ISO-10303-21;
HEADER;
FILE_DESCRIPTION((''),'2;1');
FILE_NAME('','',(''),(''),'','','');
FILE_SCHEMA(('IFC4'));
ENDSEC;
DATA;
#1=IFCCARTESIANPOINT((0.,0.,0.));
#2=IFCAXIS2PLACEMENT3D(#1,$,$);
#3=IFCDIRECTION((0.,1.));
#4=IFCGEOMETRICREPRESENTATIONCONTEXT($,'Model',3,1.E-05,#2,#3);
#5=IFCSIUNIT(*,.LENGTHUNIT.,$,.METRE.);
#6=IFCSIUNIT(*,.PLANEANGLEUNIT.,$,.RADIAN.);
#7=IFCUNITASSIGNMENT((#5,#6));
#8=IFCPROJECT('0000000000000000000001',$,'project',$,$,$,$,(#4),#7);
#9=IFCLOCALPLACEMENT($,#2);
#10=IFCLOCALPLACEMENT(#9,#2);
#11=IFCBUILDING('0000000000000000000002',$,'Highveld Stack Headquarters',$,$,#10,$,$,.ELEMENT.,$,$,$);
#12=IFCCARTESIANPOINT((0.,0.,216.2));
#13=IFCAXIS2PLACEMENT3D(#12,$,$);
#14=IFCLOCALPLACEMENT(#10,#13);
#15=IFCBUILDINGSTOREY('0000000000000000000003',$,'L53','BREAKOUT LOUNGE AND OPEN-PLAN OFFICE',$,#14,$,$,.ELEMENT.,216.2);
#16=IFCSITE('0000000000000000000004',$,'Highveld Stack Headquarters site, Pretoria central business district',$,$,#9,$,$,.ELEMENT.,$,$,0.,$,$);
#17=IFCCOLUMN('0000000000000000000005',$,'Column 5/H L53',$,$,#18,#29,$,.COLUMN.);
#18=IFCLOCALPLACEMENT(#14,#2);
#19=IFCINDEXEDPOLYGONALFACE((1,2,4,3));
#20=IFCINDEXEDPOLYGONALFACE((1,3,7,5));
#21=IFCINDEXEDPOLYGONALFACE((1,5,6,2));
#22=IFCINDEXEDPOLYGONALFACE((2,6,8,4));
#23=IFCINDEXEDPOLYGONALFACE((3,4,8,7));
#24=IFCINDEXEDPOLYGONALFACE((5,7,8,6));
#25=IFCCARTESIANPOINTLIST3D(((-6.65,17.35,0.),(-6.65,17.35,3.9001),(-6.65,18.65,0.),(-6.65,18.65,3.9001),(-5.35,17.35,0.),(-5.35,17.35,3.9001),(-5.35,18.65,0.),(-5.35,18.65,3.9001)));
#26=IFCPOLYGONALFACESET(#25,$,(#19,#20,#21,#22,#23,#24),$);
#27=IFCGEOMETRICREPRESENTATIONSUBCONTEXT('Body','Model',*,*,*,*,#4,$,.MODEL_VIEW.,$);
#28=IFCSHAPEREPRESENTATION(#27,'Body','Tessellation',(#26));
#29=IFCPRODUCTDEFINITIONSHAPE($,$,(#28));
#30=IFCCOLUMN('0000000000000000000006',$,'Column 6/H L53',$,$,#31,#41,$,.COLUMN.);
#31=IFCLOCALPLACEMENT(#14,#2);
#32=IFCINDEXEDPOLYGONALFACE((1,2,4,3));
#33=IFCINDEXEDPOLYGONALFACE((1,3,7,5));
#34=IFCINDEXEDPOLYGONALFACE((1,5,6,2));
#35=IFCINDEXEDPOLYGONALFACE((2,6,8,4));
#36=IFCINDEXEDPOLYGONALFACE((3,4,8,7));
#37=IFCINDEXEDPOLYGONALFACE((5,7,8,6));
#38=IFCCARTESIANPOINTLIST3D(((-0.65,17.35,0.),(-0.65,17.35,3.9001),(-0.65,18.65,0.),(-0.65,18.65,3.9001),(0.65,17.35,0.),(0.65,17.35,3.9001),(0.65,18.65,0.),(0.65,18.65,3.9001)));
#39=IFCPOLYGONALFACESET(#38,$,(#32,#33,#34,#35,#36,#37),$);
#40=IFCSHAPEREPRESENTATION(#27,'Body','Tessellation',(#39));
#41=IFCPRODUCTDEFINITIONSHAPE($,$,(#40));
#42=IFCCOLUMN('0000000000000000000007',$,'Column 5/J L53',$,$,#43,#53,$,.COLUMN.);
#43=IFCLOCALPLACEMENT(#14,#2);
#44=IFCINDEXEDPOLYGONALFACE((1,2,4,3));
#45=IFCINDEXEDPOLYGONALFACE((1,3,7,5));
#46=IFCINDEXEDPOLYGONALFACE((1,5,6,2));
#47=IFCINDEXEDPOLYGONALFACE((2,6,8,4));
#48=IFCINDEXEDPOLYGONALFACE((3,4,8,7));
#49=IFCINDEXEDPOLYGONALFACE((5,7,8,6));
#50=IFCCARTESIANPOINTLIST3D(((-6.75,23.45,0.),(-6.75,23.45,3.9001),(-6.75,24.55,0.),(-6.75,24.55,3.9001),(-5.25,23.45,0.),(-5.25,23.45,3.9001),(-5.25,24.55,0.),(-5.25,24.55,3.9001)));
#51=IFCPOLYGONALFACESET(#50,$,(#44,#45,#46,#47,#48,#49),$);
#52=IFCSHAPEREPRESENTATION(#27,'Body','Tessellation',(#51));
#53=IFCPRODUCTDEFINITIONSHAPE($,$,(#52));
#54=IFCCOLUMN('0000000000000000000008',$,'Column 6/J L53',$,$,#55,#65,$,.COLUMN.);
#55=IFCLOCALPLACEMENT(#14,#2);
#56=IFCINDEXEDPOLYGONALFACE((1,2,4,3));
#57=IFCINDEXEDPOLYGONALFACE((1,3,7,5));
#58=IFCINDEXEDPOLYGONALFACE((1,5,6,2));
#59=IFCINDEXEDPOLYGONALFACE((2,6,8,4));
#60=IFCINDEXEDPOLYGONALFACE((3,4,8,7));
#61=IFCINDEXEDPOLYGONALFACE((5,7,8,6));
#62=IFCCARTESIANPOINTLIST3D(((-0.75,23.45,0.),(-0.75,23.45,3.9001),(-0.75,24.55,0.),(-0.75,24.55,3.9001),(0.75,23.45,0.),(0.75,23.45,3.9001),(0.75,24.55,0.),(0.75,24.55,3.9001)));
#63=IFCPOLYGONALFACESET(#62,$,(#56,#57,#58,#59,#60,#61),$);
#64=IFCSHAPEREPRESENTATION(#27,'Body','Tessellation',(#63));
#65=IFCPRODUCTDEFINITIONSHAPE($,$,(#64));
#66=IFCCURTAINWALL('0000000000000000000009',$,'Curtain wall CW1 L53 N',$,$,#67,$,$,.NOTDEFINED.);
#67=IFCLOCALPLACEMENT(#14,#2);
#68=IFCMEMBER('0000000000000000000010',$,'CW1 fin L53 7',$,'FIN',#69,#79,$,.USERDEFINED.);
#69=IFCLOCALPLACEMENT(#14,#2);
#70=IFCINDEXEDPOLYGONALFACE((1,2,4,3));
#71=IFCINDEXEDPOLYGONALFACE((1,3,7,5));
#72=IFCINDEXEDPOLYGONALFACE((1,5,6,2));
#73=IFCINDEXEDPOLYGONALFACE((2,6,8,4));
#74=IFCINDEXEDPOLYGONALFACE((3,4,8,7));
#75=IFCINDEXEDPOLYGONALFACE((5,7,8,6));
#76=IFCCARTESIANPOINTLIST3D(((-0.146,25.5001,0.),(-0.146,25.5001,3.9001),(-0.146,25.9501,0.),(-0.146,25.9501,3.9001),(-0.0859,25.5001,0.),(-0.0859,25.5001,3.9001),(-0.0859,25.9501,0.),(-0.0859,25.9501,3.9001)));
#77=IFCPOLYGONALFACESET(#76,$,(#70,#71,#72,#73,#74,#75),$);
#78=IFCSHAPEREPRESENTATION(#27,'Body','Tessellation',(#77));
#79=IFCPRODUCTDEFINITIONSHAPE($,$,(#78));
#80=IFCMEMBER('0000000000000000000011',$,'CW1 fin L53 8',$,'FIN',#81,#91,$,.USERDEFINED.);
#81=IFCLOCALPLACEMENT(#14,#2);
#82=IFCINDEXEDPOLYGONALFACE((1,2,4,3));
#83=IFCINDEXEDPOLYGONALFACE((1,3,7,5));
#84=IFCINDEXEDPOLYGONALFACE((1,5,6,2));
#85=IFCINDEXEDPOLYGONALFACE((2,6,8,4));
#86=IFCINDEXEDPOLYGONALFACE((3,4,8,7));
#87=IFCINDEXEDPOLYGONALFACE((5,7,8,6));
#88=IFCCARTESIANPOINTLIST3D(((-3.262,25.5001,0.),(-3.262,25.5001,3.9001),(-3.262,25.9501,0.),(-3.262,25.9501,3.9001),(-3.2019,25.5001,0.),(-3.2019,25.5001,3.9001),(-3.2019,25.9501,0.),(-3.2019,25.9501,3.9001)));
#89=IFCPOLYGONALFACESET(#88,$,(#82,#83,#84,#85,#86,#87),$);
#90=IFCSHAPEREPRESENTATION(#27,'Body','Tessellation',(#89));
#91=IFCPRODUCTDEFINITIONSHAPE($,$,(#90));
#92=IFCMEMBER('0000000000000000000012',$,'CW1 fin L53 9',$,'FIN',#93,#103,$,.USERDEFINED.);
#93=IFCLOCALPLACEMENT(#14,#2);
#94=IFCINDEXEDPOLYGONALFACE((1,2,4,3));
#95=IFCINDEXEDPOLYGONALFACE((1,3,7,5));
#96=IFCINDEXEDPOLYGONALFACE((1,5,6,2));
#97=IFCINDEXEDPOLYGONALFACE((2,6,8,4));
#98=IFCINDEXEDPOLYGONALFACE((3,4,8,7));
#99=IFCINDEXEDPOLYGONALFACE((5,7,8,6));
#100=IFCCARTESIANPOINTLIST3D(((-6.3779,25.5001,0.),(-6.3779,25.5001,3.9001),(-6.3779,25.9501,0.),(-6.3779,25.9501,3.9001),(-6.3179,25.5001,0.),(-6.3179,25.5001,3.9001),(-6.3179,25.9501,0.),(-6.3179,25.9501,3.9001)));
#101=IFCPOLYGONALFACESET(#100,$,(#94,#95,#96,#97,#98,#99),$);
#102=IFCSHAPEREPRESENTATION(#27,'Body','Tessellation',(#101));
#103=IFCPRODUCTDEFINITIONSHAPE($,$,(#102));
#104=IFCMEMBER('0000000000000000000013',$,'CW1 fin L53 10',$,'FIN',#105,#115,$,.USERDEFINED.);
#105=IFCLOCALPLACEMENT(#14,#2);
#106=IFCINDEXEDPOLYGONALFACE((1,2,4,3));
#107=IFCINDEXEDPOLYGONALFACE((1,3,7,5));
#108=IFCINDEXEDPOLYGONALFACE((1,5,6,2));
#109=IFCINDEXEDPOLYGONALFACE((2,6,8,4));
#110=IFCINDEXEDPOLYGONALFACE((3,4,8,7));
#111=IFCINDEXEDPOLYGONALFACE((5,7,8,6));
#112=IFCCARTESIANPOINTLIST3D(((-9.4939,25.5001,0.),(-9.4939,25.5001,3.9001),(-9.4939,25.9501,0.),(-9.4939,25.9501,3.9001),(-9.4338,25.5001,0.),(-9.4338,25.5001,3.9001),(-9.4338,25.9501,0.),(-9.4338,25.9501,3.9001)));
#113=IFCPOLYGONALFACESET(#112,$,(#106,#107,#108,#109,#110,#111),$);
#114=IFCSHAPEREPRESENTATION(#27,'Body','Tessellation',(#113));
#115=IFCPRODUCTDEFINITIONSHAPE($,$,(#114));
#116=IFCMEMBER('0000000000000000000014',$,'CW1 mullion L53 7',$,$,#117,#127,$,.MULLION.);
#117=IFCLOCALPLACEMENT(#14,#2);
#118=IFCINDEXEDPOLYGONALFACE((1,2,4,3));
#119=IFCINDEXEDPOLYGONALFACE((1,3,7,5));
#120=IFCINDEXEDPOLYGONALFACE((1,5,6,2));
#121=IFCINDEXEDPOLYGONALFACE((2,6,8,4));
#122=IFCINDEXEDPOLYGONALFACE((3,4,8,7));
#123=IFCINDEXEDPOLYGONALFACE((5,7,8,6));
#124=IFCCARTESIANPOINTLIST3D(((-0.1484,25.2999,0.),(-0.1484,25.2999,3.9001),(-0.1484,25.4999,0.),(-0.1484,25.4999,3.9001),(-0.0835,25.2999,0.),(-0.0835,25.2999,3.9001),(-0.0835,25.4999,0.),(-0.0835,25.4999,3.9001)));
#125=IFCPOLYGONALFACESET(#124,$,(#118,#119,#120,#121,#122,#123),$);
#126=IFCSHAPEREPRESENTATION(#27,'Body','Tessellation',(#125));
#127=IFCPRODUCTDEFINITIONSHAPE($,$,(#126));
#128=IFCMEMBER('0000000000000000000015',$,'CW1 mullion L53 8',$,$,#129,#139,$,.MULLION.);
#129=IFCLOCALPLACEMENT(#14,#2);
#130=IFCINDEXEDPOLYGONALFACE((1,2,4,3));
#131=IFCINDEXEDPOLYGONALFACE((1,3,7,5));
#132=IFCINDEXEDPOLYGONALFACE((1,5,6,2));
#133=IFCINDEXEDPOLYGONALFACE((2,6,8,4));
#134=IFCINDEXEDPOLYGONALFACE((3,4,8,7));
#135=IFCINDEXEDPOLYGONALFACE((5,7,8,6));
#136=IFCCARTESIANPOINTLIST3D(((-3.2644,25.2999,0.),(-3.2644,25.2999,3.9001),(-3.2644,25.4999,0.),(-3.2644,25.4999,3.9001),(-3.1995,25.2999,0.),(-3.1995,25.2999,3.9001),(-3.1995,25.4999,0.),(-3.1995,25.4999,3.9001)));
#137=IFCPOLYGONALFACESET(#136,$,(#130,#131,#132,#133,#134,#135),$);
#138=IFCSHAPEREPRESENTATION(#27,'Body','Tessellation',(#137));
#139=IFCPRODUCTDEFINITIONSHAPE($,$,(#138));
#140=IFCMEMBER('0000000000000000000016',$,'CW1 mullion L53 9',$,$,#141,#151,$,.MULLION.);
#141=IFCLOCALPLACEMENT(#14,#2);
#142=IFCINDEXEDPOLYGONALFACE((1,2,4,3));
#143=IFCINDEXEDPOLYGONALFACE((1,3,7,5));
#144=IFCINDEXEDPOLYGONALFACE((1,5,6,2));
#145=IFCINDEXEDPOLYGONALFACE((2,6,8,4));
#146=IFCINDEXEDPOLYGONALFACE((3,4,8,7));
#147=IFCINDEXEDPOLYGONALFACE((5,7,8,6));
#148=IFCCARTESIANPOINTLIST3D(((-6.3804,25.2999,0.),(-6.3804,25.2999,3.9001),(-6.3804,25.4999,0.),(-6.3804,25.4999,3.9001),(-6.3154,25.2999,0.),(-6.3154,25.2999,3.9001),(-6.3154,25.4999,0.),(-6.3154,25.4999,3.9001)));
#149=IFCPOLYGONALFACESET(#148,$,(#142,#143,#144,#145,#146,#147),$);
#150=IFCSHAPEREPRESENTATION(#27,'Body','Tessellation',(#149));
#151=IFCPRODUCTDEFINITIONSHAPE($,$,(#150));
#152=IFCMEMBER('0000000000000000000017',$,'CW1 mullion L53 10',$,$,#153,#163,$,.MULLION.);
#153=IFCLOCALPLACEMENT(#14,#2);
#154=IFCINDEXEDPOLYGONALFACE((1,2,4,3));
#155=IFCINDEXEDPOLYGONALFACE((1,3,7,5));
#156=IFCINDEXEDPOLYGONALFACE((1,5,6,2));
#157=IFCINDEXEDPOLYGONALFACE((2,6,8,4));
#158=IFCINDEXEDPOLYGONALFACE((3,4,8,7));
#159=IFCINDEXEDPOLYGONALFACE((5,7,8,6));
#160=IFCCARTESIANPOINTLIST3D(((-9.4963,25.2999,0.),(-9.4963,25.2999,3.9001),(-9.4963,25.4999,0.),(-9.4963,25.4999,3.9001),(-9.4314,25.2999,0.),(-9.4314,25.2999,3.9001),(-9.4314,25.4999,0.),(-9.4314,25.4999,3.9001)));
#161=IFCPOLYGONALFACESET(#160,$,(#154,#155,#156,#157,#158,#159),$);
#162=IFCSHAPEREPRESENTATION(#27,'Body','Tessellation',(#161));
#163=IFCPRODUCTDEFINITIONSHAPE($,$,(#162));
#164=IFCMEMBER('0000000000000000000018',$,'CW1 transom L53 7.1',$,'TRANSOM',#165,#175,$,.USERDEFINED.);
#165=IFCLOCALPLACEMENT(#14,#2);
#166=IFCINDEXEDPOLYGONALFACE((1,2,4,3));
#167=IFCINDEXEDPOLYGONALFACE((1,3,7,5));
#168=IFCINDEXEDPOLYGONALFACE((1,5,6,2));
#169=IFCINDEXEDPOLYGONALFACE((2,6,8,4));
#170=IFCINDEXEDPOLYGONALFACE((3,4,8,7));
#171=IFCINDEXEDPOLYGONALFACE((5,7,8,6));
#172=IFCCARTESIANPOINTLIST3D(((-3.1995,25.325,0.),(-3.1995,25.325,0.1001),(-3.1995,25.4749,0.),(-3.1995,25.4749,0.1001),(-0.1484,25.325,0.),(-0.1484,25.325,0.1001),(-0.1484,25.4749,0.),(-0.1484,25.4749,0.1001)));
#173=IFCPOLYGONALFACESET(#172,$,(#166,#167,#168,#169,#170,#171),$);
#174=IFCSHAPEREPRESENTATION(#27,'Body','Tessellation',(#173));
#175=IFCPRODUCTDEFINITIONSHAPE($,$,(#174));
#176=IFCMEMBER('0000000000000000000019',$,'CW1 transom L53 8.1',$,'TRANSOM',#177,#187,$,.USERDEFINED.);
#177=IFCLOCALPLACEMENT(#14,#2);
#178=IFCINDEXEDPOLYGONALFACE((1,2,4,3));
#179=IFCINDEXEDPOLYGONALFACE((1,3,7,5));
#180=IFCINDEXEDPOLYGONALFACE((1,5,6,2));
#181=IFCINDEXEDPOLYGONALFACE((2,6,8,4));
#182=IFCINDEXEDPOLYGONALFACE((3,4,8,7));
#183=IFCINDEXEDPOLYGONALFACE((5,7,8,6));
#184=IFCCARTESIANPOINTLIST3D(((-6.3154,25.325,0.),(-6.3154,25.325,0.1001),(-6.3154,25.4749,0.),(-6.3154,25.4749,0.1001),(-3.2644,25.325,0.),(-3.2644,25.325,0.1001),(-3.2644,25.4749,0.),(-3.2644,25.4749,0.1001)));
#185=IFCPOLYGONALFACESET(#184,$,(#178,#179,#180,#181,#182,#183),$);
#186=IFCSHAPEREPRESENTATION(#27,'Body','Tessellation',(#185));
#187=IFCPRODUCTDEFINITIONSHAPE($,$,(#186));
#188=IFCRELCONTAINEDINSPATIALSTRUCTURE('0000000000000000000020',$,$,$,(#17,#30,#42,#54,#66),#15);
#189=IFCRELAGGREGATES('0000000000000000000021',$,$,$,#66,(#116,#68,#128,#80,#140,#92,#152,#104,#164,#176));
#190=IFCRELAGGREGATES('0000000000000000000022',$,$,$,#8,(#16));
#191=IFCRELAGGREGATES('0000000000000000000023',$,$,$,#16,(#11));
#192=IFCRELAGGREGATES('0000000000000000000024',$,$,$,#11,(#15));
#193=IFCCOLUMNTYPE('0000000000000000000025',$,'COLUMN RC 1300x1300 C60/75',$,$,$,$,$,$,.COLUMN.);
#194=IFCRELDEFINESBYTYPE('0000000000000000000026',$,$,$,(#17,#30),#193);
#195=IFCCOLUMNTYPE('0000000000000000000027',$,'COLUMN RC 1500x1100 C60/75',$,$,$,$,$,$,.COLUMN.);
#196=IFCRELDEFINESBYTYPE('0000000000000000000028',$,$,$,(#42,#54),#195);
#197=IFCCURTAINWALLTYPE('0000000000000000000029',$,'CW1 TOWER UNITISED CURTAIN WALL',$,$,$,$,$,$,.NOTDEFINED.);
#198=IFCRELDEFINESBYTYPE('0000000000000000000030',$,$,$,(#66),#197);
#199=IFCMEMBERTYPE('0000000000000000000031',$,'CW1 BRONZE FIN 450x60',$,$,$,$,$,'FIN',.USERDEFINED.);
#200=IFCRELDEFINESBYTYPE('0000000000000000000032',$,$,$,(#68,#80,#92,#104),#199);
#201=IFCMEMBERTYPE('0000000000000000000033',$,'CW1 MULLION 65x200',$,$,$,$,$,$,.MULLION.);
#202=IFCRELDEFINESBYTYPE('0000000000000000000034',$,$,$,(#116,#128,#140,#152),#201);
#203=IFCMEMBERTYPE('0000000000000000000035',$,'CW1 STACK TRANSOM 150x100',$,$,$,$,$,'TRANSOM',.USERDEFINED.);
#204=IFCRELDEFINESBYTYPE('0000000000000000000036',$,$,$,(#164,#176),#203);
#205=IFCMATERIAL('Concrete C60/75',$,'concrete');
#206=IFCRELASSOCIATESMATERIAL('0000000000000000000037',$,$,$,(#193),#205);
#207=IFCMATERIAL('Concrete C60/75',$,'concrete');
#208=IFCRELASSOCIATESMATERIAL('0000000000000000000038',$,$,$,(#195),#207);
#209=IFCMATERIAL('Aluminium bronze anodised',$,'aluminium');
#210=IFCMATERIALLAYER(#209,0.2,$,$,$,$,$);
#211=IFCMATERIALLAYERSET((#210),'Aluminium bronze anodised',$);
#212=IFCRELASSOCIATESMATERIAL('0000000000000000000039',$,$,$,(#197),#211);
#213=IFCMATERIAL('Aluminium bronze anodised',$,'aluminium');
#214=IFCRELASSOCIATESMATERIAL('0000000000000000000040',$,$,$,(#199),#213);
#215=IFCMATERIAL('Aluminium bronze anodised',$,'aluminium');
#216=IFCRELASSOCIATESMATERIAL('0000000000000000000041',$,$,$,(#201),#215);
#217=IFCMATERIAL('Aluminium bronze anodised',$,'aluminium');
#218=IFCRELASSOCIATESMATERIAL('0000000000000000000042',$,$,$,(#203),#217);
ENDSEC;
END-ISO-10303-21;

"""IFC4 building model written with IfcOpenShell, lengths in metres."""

from ifc_helpers import new_model, si_unit, direction, frame, origin, origin_2d, place, context, subcontext, project, spatial, rectangle, extrude, material, layer, layer_set, material_profile, profile_set, type_object, element, aggregate, save


model = new_model("IFC4")

# Units and contexts
model_context = context("Model", 3, precision=1e-05, world=origin(), true_north=direction((0.0, 1.0)))
body_context = subcontext(model_context, "Body", "Model", "MODEL_VIEW")
ifc_project = project(units=[si_unit("LENGTHUNIT", "METRE"), si_unit("PLANEANGLEUNIT", "RADIAN")], contexts=[model_context])

# Site, building, storey
site_placement = place(None, origin())
site = spatial("IfcSite", under=ifc_project, at=site_placement, Name="Highveld Stack Headquarters site, Pretoria central business district", CompositionType="ELEMENT", RefElevation=0.0)
building_placement = place(site_placement, origin())
building = spatial("IfcBuilding", under=site, at=building_placement, Name="Highveld Stack Headquarters", CompositionType="ELEMENT")
storey_placement = place(building_placement, frame((0.0, 0.0, 216.2)))
storey = spatial("IfcBuildingStorey", under=building, at=storey_placement, Name="L53", Description="BREAKOUT LOUNGE AND OPEN-PLAN OFFICE", CompositionType="ELEMENT", Elevation=216.2)

# Columns
ifc_material_1 = material(Name="Concrete C60/75", Category="concrete")
ifc_material_profile_1 = material_profile(ifc_material_1, rectangle(XDim=1.3, YDim=1.3, at=origin_2d()), Name="RC 1300x1300")
ifc_profile_set_1 = profile_set([ifc_material_profile_1], Name="Concrete C60/75")
column_type_1 = type_object("IfcColumnType", Name="COLUMN RC 1300x1300 C60/75", PredefinedType="COLUMN", material=ifc_profile_set_1)
for number, where, z_axis, x_axis, name in (
    (1, (-6.0, 18.0, 0.0), (0.0, 0.0, 1.0), (1.0, 0.0, 0.0), "Column 5/H L53"),
    (2, (0.0, 18.0, 0.0), (0.0, 0.0, 1.0), (1.0, 0.0, 0.0), "Column 6/H L53"),
):
    element("IfcColumn", number, at=place(storey_placement, frame(where, z_axis=z_axis, x_axis=x_axis)), inside=storey, type_object=column_type_1, Name=name, PredefinedType="COLUMN", context=body_context, shape_type="SweptSolid", body=[
        extrude(rectangle(XDim=1.3, YDim=1.3, at=origin_2d()), origin(), (0.0, 0.0, 1.0), 3.9001),
    ])
ifc_material_2 = material(Name="Concrete C60/75", Category="concrete")
ifc_material_profile_2 = material_profile(ifc_material_2, rectangle(XDim=1.5, YDim=1.1001, at=origin_2d()), Name="RC 1500x1100")
ifc_profile_set_2 = profile_set([ifc_material_profile_2], Name="Concrete C60/75")
column_type_2 = type_object("IfcColumnType", Name="COLUMN RC 1500x1100 C60/75", PredefinedType="COLUMN", material=ifc_profile_set_2)
for number, where, z_axis, x_axis, name in (
    (3, (-6.0, 24.0, 0.0), (0.0, 0.0, 1.0), (1.0, 0.0, 0.0), "Column 5/J L53"),
    (4, (0.0, 24.0, 0.0), (0.0, 0.0, 1.0), (1.0, 0.0, 0.0), "Column 6/J L53"),
):
    element("IfcColumn", number, at=place(storey_placement, frame(where, z_axis=z_axis, x_axis=x_axis)), inside=storey, type_object=column_type_2, Name=name, PredefinedType="COLUMN", context=body_context, shape_type="SweptSolid", body=[
        extrude(rectangle(XDim=1.5, YDim=1.1001, at=origin_2d()), origin(), (0.0, 0.0, 1.0), 3.9001),
    ])

# Curtain wall, members
ifc_material_3 = material(Name="Aluminium bronze anodised", Category="aluminium")
ifc_layer_1 = layer(ifc_material_3, 0.2)
ifc_layer_set_1 = layer_set([ifc_layer_1], Name="Aluminium bronze anodised")
curtain_wall_type = type_object("IfcCurtainWallType", Name="CW1 TOWER UNITISED CURTAIN WALL", PredefinedType="NOTDEFINED", material=ifc_layer_set_1)
curtain_wall_placement = place(storey_placement, origin())
curtain_wall = element("IfcCurtainWall", 5, at=curtain_wall_placement, inside=storey, type_object=curtain_wall_type, Name="Curtain wall CW1 L53 N", PredefinedType="NOTDEFINED")
ifc_material_4 = material(Name="Aluminium bronze anodised", Category="aluminium")
ifc_material_profile_3 = material_profile(ifc_material_4, rectangle(XDim=0.45, YDim=0.0601, at=origin_2d()), Name="FIN 450x60")
ifc_profile_set_3 = profile_set([ifc_material_profile_3], Name="Aluminium bronze anodised")
member_type_1 = type_object("IfcMemberType", Name="CW1 BRONZE FIN 450x60", ElementType="FIN", PredefinedType="USERDEFINED", material=ifc_profile_set_3)
member_1_placement = place(storey_placement, frame((-0.116, 25.7251, 0.0), z_axis=(0.0, 0.0, 1.0), x_axis=(0.0, -1.0, 0.0)))
member_1 = element("IfcMember", 6, at=member_1_placement, type_object=member_type_1, Name="CW1 fin L53 7", ObjectType="FIN", PredefinedType="USERDEFINED", context=body_context, shape_type="SweptSolid", body=[
    extrude(rectangle(XDim=0.45, YDim=0.0601, at=origin_2d()), origin(), (0.0, 0.0, 1.0), 3.9001),
])
member_2_placement = place(storey_placement, frame((-3.2319, 25.7251, 0.0), z_axis=(0.0, 0.0, 1.0), x_axis=(0.0, -1.0, 0.0)))
member_2 = element("IfcMember", 7, at=member_2_placement, type_object=member_type_1, Name="CW1 fin L53 8", ObjectType="FIN", PredefinedType="USERDEFINED", context=body_context, shape_type="SweptSolid", body=[
    extrude(rectangle(XDim=0.45, YDim=0.0601, at=origin_2d()), origin(), (0.0, 0.0, 1.0), 3.9001),
])
member_3_placement = place(storey_placement, frame((-6.3479, 25.7251, 0.0), z_axis=(0.0, 0.0, 1.0), x_axis=(0.0, -1.0, 0.0)))
member_3 = element("IfcMember", 8, at=member_3_placement, type_object=member_type_1, Name="CW1 fin L53 9", ObjectType="FIN", PredefinedType="USERDEFINED", context=body_context, shape_type="SweptSolid", body=[
    extrude(rectangle(XDim=0.45, YDim=0.0601, at=origin_2d()), origin(), (0.0, 0.0, 1.0), 3.9001),
])
member_4_placement = place(storey_placement, frame((-9.4639, 25.7251, 0.0), z_axis=(0.0, 0.0, 1.0), x_axis=(0.0, -1.0, 0.0)))
member_4 = element("IfcMember", 9, at=member_4_placement, type_object=member_type_1, Name="CW1 fin L53 10", ObjectType="FIN", PredefinedType="USERDEFINED", context=body_context, shape_type="SweptSolid", body=[
    extrude(rectangle(XDim=0.45, YDim=0.0601, at=origin_2d()), origin(), (0.0, 0.0, 1.0), 3.9001),
])
ifc_material_5 = material(Name="Aluminium bronze anodised", Category="aluminium")
ifc_material_profile_4 = material_profile(ifc_material_5, rectangle(XDim=0.2, YDim=0.0649, at=origin_2d()), Name="CW1 MULLION 65x200")
ifc_profile_set_4 = profile_set([ifc_material_profile_4], Name="Aluminium bronze anodised")
member_type_2 = type_object("IfcMemberType", Name="CW1 MULLION 65x200", PredefinedType="MULLION", material=ifc_profile_set_4)
member_5_placement = place(storey_placement, frame((-0.116, 25.3999, 0.0), z_axis=(0.0, 0.0, 1.0), x_axis=(0.0, -1.0, 0.0)))
member_5 = element("IfcMember", 10, at=member_5_placement, type_object=member_type_2, Name="CW1 mullion L53 7", PredefinedType="MULLION", context=body_context, shape_type="SweptSolid", body=[
    extrude(rectangle(XDim=0.2, YDim=0.0649, at=origin_2d()), origin(), (0.0, 0.0, 1.0), 3.9001),
])
member_6_placement = place(storey_placement, frame((-3.2319, 25.3999, 0.0), z_axis=(0.0, 0.0, 1.0), x_axis=(0.0, -1.0, 0.0)))
member_6 = element("IfcMember", 11, at=member_6_placement, type_object=member_type_2, Name="CW1 mullion L53 8", PredefinedType="MULLION", context=body_context, shape_type="SweptSolid", body=[
    extrude(rectangle(XDim=0.2, YDim=0.0649, at=origin_2d()), origin(), (0.0, 0.0, 1.0), 3.9001),
])
member_7_placement = place(storey_placement, frame((-6.3479, 25.3999, 0.0), z_axis=(0.0, 0.0, 1.0), x_axis=(0.0, -1.0, 0.0)))
member_7 = element("IfcMember", 12, at=member_7_placement, type_object=member_type_2, Name="CW1 mullion L53 9", PredefinedType="MULLION", context=body_context, shape_type="SweptSolid", body=[
    extrude(rectangle(XDim=0.2, YDim=0.0649, at=origin_2d()), origin(), (0.0, 0.0, 1.0), 3.9001),
])
member_8_placement = place(storey_placement, frame((-9.4639, 25.3999, 0.0), z_axis=(0.0, 0.0, 1.0), x_axis=(0.0, -1.0, 0.0)))
member_8 = element("IfcMember", 13, at=member_8_placement, type_object=member_type_2, Name="CW1 mullion L53 10", PredefinedType="MULLION", context=body_context, shape_type="SweptSolid", body=[
    extrude(rectangle(XDim=0.2, YDim=0.0649, at=origin_2d()), origin(), (0.0, 0.0, 1.0), 3.9001),
])
ifc_material_6 = material(Name="Aluminium bronze anodised", Category="aluminium")
ifc_material_profile_5 = material_profile(ifc_material_6, rectangle(XDim=0.1499, YDim=0.1001, at=origin_2d()), Name="CW1 TRANSOM 150x100")
ifc_profile_set_5 = profile_set([ifc_material_profile_5], Name="Aluminium bronze anodised")
member_type_3 = type_object("IfcMemberType", Name="CW1 STACK TRANSOM 150x100", ElementType="TRANSOM", PredefinedType="USERDEFINED", material=ifc_profile_set_5)
member_9_placement = place(storey_placement, frame((-0.1484, 25.3999, 0.05), z_axis=(-1.0, 0.0, 0.0), x_axis=(0.0, -1.0, 0.0)))
member_9 = element("IfcMember", 14, at=member_9_placement, type_object=member_type_3, Name="CW1 transom L53 7.1", ObjectType="TRANSOM", PredefinedType="USERDEFINED", context=body_context, shape_type="SweptSolid", body=[
    extrude(rectangle(XDim=0.1499, YDim=0.1001, at=origin_2d()), origin(), (0.0, 0.0, 1.0), 3.051),
])
member_10_placement = place(storey_placement, frame((-3.2644, 25.3999, 0.05), z_axis=(-1.0, 0.0, 0.0), x_axis=(0.0, -1.0, 0.0)))
member_10 = element("IfcMember", 15, at=member_10_placement, type_object=member_type_3, Name="CW1 transom L53 8.1", ObjectType="TRANSOM", PredefinedType="USERDEFINED", context=body_context, shape_type="SweptSolid", body=[
    extrude(rectangle(XDim=0.1499, YDim=0.1001, at=origin_2d()), origin(), (0.0, 0.0, 1.0), 3.051),
])
aggregate(curtain_wall, [member_5, member_1, member_6, member_2, member_7, member_3, member_8, member_4, member_9, member_10])

save(model, "model.ifc")
